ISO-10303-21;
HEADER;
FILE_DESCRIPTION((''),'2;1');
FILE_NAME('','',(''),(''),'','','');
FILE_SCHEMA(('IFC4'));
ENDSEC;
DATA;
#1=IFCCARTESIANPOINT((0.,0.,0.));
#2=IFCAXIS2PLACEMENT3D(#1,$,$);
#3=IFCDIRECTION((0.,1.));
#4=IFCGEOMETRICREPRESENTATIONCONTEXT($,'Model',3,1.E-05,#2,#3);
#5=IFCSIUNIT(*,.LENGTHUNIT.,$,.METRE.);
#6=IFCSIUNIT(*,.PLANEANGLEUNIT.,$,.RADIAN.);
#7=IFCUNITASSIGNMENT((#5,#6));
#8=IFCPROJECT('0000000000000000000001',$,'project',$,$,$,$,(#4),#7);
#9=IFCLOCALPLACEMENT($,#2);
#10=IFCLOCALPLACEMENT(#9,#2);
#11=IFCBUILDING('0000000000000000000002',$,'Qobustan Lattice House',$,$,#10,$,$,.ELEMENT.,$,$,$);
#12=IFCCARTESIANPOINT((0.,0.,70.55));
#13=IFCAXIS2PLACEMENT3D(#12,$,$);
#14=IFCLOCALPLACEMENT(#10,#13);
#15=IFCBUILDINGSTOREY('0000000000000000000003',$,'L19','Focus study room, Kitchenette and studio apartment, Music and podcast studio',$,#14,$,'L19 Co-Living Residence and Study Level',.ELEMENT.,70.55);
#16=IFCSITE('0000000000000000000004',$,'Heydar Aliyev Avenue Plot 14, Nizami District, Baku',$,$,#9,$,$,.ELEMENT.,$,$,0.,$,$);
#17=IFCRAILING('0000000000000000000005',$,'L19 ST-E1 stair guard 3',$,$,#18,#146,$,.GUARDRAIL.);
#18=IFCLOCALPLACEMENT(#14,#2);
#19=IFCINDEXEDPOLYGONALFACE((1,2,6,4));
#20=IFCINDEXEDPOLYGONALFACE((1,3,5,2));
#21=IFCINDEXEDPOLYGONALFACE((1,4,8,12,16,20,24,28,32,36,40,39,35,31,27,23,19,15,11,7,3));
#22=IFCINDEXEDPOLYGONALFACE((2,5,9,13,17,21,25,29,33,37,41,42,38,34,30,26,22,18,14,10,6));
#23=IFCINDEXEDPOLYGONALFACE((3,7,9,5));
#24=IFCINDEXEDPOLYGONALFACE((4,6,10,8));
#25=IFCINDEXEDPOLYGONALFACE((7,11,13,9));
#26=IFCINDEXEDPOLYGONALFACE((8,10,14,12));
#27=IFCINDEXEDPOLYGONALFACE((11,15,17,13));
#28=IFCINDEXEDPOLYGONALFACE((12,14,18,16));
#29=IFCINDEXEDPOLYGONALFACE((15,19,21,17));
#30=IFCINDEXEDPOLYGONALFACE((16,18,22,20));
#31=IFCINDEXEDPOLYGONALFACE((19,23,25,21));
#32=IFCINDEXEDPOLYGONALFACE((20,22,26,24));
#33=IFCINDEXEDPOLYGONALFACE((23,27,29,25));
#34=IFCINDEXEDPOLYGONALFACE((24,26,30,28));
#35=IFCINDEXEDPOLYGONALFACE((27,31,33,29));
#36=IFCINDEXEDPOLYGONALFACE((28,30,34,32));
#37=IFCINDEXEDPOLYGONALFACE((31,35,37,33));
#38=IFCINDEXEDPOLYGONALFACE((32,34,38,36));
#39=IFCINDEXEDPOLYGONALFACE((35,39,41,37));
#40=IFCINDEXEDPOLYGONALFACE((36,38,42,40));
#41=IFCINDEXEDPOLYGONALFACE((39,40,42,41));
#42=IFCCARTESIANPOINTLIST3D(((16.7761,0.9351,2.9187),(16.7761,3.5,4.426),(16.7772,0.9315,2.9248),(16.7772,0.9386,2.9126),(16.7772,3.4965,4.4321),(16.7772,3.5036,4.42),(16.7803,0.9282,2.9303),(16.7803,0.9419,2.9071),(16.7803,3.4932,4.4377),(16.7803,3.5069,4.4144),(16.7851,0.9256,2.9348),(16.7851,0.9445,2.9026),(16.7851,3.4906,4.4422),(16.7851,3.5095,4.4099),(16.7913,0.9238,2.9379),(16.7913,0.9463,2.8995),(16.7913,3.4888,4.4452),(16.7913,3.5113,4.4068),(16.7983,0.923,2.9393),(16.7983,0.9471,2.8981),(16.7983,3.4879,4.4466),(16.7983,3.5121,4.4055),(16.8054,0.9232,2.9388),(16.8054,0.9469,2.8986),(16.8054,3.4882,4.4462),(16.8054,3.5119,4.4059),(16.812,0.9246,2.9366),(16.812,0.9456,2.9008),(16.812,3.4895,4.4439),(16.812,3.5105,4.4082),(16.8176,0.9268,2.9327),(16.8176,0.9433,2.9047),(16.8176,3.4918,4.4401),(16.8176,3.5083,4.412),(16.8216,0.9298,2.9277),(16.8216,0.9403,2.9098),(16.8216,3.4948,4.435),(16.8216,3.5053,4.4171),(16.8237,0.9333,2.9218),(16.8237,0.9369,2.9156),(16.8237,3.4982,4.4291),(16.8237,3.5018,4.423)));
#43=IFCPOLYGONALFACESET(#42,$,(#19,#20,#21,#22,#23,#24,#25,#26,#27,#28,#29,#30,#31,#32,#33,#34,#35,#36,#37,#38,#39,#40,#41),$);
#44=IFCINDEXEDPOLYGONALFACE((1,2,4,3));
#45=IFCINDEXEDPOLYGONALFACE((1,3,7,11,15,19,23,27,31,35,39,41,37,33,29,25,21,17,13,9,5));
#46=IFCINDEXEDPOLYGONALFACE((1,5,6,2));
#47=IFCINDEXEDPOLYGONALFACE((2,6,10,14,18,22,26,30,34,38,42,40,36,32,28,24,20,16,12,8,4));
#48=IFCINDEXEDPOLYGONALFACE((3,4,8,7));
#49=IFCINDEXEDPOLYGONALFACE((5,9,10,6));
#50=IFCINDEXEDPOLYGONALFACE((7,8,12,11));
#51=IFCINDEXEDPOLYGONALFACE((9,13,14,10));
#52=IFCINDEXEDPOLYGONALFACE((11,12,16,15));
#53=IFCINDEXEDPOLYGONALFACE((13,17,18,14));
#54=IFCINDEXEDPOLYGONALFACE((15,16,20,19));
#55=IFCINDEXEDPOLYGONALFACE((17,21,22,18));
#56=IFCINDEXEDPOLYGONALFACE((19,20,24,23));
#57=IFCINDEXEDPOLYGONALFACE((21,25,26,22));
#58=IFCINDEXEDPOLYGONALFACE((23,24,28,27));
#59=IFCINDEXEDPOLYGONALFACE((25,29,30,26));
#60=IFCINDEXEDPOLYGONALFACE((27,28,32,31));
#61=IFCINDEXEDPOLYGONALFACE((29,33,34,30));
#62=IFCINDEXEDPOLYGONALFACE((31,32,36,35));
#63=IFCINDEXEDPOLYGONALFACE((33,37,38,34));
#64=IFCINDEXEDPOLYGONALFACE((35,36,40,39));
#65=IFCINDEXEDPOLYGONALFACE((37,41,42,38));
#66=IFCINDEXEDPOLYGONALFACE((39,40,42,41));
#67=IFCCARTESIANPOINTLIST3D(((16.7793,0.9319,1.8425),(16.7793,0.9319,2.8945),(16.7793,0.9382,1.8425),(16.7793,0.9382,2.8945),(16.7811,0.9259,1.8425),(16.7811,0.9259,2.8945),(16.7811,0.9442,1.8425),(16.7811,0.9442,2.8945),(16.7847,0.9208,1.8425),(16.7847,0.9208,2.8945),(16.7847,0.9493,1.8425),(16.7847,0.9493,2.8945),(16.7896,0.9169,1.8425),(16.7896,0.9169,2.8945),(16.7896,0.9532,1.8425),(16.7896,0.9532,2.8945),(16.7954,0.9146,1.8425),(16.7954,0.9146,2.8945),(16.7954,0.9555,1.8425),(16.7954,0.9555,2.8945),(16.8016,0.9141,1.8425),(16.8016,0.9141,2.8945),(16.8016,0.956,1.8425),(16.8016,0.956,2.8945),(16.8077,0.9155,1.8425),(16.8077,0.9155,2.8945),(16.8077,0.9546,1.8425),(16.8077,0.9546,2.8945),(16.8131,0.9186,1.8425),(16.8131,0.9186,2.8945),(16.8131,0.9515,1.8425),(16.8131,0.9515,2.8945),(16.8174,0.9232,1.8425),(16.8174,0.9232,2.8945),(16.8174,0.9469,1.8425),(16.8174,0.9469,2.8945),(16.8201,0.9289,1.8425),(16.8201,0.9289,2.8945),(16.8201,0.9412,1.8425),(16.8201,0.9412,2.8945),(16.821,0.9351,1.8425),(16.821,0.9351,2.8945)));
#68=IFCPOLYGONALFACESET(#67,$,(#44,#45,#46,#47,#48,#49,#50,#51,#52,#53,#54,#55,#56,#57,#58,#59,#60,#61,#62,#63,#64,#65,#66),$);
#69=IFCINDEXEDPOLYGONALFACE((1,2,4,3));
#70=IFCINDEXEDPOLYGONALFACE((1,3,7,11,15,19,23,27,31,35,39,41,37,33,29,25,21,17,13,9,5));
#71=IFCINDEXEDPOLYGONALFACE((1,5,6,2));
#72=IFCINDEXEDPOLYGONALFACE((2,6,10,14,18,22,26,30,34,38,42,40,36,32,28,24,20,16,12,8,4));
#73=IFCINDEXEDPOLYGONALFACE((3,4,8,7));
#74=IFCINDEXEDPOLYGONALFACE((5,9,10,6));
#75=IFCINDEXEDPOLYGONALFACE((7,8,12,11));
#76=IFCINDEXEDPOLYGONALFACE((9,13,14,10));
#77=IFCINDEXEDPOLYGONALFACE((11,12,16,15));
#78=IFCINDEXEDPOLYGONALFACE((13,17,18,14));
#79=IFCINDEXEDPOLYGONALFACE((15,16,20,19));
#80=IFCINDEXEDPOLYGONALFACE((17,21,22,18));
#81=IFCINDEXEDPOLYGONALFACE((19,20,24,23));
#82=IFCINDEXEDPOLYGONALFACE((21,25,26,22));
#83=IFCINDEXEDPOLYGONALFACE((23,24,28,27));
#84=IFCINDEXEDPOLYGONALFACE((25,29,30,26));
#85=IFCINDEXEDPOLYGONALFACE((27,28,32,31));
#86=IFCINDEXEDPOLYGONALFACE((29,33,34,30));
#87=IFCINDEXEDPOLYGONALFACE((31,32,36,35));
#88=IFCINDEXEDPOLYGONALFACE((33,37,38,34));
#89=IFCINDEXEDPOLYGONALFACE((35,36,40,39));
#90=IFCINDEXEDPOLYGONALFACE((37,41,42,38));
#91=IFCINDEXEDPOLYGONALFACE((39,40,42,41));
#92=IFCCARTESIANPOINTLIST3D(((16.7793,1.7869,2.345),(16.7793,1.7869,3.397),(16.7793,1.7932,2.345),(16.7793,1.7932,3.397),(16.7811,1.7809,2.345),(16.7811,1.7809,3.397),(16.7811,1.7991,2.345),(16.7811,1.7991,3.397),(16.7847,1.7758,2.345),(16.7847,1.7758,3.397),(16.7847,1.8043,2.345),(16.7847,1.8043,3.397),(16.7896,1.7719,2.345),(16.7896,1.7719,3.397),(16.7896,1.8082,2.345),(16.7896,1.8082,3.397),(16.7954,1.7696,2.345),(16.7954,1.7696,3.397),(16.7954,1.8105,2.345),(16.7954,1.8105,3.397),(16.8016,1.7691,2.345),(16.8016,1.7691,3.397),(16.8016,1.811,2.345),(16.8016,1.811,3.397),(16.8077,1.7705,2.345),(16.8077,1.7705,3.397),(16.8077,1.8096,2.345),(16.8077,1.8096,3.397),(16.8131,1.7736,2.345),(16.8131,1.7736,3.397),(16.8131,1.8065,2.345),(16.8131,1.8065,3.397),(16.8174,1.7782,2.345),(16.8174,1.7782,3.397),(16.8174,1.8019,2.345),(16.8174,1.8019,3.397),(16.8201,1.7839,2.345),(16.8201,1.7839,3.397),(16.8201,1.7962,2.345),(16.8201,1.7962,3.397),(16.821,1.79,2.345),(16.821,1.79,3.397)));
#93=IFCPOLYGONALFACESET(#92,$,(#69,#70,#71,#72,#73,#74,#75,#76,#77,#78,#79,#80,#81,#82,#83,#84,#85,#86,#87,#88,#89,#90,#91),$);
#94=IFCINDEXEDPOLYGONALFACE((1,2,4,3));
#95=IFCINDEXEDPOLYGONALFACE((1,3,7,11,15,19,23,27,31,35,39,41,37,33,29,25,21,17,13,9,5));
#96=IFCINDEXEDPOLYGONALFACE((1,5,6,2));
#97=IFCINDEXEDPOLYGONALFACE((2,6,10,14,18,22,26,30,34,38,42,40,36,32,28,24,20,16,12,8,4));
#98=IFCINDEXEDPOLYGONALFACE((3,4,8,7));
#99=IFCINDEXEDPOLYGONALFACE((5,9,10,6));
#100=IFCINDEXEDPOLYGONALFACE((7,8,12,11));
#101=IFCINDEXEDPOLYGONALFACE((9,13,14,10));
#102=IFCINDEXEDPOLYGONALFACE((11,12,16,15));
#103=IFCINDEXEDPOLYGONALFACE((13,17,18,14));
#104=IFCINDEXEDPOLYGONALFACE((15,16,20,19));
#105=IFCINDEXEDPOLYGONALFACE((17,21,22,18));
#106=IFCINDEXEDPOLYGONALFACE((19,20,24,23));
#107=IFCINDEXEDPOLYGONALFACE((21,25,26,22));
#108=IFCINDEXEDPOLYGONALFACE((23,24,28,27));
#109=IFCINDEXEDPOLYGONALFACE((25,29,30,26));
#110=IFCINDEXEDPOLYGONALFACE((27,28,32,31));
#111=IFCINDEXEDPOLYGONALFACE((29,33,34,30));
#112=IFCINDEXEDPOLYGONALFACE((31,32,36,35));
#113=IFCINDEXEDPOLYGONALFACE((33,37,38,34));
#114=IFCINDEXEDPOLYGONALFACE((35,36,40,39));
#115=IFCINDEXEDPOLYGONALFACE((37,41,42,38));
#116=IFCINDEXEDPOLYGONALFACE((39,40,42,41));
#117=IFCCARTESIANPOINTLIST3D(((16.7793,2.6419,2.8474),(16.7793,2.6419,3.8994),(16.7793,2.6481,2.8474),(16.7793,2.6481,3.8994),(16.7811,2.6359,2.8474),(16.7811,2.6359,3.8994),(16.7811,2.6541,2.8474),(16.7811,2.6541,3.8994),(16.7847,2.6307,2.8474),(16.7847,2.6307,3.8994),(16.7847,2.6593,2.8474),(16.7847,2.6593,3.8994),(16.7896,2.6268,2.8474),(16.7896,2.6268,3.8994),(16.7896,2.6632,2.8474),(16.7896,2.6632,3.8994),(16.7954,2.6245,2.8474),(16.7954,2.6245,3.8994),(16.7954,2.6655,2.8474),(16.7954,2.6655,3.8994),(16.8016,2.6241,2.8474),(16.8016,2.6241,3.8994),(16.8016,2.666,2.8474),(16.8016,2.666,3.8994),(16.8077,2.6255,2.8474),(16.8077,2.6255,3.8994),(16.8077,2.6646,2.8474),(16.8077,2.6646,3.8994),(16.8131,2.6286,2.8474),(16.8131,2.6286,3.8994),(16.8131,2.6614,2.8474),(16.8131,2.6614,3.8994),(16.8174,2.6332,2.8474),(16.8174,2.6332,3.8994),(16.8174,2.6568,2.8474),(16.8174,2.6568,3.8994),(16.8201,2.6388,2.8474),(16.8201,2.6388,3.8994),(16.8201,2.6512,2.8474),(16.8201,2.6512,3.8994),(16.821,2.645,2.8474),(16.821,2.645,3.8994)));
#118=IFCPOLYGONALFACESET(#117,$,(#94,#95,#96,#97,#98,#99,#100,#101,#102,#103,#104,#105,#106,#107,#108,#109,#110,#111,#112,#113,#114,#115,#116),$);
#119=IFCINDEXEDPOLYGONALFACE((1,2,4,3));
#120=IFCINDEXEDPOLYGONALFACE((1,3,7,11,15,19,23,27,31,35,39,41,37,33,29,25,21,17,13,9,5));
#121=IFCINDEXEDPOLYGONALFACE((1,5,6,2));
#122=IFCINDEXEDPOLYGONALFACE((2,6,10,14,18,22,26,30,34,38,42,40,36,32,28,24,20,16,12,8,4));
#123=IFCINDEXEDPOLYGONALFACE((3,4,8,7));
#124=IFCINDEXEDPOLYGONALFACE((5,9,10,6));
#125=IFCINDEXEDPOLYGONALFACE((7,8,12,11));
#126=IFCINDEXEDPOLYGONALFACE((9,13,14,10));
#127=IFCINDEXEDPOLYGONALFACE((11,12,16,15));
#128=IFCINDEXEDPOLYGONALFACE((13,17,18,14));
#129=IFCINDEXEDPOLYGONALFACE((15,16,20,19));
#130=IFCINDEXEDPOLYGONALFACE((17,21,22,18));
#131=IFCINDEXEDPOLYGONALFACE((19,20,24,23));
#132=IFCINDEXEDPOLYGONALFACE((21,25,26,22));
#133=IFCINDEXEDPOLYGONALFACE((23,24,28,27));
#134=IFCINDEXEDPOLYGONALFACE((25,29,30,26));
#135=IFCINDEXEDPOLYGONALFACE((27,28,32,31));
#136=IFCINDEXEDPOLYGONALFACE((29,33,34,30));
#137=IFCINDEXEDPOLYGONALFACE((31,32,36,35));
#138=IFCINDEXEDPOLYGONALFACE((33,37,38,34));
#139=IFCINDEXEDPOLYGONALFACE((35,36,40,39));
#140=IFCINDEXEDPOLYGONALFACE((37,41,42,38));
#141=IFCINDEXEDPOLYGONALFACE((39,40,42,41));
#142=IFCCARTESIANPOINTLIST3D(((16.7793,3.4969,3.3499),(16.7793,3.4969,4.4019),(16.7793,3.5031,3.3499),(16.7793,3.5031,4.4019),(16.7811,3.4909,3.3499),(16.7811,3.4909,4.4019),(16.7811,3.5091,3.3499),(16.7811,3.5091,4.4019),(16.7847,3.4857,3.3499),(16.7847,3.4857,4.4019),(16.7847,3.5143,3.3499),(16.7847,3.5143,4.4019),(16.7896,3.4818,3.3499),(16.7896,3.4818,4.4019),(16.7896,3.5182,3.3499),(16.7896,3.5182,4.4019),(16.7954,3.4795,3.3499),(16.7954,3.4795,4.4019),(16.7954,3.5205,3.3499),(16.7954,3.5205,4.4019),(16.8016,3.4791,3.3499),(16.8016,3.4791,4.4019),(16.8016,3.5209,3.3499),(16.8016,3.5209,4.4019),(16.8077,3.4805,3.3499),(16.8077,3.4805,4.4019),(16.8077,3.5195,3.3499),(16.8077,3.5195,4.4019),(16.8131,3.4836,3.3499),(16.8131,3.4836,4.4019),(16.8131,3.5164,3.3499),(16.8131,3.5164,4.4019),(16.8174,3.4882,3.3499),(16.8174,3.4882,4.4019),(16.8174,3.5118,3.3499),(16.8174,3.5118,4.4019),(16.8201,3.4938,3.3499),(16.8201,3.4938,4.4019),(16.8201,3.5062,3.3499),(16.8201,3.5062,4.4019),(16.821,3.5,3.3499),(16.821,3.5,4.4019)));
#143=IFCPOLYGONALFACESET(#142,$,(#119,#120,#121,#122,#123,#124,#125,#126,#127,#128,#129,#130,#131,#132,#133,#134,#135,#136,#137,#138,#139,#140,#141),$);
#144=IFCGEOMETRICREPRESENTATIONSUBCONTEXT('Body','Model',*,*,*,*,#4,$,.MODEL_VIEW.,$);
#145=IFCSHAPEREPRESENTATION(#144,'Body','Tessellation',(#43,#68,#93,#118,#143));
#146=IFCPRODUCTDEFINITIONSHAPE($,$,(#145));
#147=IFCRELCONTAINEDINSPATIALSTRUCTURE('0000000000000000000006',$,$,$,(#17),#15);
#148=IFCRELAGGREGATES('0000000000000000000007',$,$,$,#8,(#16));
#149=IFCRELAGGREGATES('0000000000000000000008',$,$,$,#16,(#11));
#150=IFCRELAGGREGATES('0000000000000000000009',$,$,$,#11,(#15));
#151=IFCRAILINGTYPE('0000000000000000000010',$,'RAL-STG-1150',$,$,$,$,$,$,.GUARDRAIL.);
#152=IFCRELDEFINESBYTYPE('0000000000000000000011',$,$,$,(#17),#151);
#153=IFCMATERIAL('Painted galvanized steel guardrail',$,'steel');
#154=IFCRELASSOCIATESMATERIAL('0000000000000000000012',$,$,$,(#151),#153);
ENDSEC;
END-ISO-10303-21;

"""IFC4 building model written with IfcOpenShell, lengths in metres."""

from ifc_helpers import new_model, si_unit, direction, frame, origin, origin_2d, place, context, subcontext, project, spatial, circle, extrude, material, type_object, element, save


model = new_model("IFC4")

# Units and contexts
model_context = context("Model", 3, precision=1e-05, world=origin(), true_north=direction((0.0, 1.0)))
body_context = subcontext(model_context, "Body", "Model", "MODEL_VIEW")
ifc_project = project(units=[si_unit("LENGTHUNIT", "METRE"), si_unit("PLANEANGLEUNIT", "RADIAN")], contexts=[model_context])

# Site, building, storey
site_placement = place(None, origin())
site = spatial("IfcSite", under=ifc_project, at=site_placement, Name="Heydar Aliyev Avenue Plot 14, Nizami District, Baku", CompositionType="ELEMENT", RefElevation=0.0)
building_placement = place(site_placement, origin())
building = spatial("IfcBuilding", under=site, at=building_placement, Name="Qobustan Lattice House", CompositionType="ELEMENT")
storey_placement = place(building_placement, frame((0.0, 0.0, 70.55)))
storey = spatial("IfcBuildingStorey", under=building, at=storey_placement, Name="L19", Description="Focus study room, Kitchenette and studio apartment, Music and podcast studio", LongName="L19 Co-Living Residence and Study Level", CompositionType="ELEMENT", Elevation=70.55)

# Railing
ifc_material_1 = material(Name="Painted galvanized steel guardrail", Category="steel")
railing_type_1 = type_object("IfcRailingType", Name="RAL-STG-1150", PredefinedType="GUARDRAIL", material=ifc_material_1)
railing_1_placement = place(storey_placement, frame((16.8, 0.9351, 1.8425)))
element("IfcRailing", 1, at=railing_1_placement, inside=storey, type_object=railing_type_1, Name="L19 ST-E1 stair guard 3", PredefinedType="GUARDRAIL", context=body_context, shape_type="SweptSolid", body=[
    extrude(circle(Radius=0.0239, at=origin_2d()), frame((0.0, 0.0, 1.0762), z_axis=(0.0, 0.862149, 0.506654), x_axis=(-1.0, 0.0, 0.0)), (0.0, 0.0, 1.0), 2.9751),
    extrude(circle(Radius=0.021, at=origin_2d()), origin(), (0.0, 0.0, 1.0), 1.052),
    extrude(circle(Radius=0.021, at=origin_2d()), frame((0.0, 0.855, 0.5024)), (0.0, 0.0, 1.0), 1.052),
    extrude(circle(Radius=0.021, at=origin_2d()), frame((0.0, 1.71, 1.0049)), (0.0, 0.0, 1.0), 1.052),
    extrude(circle(Radius=0.021, at=origin_2d()), frame((0.0, 2.5649, 1.5073)), (0.0, 0.0, 1.0), 1.052),
])

save(model, "model.ifc")
